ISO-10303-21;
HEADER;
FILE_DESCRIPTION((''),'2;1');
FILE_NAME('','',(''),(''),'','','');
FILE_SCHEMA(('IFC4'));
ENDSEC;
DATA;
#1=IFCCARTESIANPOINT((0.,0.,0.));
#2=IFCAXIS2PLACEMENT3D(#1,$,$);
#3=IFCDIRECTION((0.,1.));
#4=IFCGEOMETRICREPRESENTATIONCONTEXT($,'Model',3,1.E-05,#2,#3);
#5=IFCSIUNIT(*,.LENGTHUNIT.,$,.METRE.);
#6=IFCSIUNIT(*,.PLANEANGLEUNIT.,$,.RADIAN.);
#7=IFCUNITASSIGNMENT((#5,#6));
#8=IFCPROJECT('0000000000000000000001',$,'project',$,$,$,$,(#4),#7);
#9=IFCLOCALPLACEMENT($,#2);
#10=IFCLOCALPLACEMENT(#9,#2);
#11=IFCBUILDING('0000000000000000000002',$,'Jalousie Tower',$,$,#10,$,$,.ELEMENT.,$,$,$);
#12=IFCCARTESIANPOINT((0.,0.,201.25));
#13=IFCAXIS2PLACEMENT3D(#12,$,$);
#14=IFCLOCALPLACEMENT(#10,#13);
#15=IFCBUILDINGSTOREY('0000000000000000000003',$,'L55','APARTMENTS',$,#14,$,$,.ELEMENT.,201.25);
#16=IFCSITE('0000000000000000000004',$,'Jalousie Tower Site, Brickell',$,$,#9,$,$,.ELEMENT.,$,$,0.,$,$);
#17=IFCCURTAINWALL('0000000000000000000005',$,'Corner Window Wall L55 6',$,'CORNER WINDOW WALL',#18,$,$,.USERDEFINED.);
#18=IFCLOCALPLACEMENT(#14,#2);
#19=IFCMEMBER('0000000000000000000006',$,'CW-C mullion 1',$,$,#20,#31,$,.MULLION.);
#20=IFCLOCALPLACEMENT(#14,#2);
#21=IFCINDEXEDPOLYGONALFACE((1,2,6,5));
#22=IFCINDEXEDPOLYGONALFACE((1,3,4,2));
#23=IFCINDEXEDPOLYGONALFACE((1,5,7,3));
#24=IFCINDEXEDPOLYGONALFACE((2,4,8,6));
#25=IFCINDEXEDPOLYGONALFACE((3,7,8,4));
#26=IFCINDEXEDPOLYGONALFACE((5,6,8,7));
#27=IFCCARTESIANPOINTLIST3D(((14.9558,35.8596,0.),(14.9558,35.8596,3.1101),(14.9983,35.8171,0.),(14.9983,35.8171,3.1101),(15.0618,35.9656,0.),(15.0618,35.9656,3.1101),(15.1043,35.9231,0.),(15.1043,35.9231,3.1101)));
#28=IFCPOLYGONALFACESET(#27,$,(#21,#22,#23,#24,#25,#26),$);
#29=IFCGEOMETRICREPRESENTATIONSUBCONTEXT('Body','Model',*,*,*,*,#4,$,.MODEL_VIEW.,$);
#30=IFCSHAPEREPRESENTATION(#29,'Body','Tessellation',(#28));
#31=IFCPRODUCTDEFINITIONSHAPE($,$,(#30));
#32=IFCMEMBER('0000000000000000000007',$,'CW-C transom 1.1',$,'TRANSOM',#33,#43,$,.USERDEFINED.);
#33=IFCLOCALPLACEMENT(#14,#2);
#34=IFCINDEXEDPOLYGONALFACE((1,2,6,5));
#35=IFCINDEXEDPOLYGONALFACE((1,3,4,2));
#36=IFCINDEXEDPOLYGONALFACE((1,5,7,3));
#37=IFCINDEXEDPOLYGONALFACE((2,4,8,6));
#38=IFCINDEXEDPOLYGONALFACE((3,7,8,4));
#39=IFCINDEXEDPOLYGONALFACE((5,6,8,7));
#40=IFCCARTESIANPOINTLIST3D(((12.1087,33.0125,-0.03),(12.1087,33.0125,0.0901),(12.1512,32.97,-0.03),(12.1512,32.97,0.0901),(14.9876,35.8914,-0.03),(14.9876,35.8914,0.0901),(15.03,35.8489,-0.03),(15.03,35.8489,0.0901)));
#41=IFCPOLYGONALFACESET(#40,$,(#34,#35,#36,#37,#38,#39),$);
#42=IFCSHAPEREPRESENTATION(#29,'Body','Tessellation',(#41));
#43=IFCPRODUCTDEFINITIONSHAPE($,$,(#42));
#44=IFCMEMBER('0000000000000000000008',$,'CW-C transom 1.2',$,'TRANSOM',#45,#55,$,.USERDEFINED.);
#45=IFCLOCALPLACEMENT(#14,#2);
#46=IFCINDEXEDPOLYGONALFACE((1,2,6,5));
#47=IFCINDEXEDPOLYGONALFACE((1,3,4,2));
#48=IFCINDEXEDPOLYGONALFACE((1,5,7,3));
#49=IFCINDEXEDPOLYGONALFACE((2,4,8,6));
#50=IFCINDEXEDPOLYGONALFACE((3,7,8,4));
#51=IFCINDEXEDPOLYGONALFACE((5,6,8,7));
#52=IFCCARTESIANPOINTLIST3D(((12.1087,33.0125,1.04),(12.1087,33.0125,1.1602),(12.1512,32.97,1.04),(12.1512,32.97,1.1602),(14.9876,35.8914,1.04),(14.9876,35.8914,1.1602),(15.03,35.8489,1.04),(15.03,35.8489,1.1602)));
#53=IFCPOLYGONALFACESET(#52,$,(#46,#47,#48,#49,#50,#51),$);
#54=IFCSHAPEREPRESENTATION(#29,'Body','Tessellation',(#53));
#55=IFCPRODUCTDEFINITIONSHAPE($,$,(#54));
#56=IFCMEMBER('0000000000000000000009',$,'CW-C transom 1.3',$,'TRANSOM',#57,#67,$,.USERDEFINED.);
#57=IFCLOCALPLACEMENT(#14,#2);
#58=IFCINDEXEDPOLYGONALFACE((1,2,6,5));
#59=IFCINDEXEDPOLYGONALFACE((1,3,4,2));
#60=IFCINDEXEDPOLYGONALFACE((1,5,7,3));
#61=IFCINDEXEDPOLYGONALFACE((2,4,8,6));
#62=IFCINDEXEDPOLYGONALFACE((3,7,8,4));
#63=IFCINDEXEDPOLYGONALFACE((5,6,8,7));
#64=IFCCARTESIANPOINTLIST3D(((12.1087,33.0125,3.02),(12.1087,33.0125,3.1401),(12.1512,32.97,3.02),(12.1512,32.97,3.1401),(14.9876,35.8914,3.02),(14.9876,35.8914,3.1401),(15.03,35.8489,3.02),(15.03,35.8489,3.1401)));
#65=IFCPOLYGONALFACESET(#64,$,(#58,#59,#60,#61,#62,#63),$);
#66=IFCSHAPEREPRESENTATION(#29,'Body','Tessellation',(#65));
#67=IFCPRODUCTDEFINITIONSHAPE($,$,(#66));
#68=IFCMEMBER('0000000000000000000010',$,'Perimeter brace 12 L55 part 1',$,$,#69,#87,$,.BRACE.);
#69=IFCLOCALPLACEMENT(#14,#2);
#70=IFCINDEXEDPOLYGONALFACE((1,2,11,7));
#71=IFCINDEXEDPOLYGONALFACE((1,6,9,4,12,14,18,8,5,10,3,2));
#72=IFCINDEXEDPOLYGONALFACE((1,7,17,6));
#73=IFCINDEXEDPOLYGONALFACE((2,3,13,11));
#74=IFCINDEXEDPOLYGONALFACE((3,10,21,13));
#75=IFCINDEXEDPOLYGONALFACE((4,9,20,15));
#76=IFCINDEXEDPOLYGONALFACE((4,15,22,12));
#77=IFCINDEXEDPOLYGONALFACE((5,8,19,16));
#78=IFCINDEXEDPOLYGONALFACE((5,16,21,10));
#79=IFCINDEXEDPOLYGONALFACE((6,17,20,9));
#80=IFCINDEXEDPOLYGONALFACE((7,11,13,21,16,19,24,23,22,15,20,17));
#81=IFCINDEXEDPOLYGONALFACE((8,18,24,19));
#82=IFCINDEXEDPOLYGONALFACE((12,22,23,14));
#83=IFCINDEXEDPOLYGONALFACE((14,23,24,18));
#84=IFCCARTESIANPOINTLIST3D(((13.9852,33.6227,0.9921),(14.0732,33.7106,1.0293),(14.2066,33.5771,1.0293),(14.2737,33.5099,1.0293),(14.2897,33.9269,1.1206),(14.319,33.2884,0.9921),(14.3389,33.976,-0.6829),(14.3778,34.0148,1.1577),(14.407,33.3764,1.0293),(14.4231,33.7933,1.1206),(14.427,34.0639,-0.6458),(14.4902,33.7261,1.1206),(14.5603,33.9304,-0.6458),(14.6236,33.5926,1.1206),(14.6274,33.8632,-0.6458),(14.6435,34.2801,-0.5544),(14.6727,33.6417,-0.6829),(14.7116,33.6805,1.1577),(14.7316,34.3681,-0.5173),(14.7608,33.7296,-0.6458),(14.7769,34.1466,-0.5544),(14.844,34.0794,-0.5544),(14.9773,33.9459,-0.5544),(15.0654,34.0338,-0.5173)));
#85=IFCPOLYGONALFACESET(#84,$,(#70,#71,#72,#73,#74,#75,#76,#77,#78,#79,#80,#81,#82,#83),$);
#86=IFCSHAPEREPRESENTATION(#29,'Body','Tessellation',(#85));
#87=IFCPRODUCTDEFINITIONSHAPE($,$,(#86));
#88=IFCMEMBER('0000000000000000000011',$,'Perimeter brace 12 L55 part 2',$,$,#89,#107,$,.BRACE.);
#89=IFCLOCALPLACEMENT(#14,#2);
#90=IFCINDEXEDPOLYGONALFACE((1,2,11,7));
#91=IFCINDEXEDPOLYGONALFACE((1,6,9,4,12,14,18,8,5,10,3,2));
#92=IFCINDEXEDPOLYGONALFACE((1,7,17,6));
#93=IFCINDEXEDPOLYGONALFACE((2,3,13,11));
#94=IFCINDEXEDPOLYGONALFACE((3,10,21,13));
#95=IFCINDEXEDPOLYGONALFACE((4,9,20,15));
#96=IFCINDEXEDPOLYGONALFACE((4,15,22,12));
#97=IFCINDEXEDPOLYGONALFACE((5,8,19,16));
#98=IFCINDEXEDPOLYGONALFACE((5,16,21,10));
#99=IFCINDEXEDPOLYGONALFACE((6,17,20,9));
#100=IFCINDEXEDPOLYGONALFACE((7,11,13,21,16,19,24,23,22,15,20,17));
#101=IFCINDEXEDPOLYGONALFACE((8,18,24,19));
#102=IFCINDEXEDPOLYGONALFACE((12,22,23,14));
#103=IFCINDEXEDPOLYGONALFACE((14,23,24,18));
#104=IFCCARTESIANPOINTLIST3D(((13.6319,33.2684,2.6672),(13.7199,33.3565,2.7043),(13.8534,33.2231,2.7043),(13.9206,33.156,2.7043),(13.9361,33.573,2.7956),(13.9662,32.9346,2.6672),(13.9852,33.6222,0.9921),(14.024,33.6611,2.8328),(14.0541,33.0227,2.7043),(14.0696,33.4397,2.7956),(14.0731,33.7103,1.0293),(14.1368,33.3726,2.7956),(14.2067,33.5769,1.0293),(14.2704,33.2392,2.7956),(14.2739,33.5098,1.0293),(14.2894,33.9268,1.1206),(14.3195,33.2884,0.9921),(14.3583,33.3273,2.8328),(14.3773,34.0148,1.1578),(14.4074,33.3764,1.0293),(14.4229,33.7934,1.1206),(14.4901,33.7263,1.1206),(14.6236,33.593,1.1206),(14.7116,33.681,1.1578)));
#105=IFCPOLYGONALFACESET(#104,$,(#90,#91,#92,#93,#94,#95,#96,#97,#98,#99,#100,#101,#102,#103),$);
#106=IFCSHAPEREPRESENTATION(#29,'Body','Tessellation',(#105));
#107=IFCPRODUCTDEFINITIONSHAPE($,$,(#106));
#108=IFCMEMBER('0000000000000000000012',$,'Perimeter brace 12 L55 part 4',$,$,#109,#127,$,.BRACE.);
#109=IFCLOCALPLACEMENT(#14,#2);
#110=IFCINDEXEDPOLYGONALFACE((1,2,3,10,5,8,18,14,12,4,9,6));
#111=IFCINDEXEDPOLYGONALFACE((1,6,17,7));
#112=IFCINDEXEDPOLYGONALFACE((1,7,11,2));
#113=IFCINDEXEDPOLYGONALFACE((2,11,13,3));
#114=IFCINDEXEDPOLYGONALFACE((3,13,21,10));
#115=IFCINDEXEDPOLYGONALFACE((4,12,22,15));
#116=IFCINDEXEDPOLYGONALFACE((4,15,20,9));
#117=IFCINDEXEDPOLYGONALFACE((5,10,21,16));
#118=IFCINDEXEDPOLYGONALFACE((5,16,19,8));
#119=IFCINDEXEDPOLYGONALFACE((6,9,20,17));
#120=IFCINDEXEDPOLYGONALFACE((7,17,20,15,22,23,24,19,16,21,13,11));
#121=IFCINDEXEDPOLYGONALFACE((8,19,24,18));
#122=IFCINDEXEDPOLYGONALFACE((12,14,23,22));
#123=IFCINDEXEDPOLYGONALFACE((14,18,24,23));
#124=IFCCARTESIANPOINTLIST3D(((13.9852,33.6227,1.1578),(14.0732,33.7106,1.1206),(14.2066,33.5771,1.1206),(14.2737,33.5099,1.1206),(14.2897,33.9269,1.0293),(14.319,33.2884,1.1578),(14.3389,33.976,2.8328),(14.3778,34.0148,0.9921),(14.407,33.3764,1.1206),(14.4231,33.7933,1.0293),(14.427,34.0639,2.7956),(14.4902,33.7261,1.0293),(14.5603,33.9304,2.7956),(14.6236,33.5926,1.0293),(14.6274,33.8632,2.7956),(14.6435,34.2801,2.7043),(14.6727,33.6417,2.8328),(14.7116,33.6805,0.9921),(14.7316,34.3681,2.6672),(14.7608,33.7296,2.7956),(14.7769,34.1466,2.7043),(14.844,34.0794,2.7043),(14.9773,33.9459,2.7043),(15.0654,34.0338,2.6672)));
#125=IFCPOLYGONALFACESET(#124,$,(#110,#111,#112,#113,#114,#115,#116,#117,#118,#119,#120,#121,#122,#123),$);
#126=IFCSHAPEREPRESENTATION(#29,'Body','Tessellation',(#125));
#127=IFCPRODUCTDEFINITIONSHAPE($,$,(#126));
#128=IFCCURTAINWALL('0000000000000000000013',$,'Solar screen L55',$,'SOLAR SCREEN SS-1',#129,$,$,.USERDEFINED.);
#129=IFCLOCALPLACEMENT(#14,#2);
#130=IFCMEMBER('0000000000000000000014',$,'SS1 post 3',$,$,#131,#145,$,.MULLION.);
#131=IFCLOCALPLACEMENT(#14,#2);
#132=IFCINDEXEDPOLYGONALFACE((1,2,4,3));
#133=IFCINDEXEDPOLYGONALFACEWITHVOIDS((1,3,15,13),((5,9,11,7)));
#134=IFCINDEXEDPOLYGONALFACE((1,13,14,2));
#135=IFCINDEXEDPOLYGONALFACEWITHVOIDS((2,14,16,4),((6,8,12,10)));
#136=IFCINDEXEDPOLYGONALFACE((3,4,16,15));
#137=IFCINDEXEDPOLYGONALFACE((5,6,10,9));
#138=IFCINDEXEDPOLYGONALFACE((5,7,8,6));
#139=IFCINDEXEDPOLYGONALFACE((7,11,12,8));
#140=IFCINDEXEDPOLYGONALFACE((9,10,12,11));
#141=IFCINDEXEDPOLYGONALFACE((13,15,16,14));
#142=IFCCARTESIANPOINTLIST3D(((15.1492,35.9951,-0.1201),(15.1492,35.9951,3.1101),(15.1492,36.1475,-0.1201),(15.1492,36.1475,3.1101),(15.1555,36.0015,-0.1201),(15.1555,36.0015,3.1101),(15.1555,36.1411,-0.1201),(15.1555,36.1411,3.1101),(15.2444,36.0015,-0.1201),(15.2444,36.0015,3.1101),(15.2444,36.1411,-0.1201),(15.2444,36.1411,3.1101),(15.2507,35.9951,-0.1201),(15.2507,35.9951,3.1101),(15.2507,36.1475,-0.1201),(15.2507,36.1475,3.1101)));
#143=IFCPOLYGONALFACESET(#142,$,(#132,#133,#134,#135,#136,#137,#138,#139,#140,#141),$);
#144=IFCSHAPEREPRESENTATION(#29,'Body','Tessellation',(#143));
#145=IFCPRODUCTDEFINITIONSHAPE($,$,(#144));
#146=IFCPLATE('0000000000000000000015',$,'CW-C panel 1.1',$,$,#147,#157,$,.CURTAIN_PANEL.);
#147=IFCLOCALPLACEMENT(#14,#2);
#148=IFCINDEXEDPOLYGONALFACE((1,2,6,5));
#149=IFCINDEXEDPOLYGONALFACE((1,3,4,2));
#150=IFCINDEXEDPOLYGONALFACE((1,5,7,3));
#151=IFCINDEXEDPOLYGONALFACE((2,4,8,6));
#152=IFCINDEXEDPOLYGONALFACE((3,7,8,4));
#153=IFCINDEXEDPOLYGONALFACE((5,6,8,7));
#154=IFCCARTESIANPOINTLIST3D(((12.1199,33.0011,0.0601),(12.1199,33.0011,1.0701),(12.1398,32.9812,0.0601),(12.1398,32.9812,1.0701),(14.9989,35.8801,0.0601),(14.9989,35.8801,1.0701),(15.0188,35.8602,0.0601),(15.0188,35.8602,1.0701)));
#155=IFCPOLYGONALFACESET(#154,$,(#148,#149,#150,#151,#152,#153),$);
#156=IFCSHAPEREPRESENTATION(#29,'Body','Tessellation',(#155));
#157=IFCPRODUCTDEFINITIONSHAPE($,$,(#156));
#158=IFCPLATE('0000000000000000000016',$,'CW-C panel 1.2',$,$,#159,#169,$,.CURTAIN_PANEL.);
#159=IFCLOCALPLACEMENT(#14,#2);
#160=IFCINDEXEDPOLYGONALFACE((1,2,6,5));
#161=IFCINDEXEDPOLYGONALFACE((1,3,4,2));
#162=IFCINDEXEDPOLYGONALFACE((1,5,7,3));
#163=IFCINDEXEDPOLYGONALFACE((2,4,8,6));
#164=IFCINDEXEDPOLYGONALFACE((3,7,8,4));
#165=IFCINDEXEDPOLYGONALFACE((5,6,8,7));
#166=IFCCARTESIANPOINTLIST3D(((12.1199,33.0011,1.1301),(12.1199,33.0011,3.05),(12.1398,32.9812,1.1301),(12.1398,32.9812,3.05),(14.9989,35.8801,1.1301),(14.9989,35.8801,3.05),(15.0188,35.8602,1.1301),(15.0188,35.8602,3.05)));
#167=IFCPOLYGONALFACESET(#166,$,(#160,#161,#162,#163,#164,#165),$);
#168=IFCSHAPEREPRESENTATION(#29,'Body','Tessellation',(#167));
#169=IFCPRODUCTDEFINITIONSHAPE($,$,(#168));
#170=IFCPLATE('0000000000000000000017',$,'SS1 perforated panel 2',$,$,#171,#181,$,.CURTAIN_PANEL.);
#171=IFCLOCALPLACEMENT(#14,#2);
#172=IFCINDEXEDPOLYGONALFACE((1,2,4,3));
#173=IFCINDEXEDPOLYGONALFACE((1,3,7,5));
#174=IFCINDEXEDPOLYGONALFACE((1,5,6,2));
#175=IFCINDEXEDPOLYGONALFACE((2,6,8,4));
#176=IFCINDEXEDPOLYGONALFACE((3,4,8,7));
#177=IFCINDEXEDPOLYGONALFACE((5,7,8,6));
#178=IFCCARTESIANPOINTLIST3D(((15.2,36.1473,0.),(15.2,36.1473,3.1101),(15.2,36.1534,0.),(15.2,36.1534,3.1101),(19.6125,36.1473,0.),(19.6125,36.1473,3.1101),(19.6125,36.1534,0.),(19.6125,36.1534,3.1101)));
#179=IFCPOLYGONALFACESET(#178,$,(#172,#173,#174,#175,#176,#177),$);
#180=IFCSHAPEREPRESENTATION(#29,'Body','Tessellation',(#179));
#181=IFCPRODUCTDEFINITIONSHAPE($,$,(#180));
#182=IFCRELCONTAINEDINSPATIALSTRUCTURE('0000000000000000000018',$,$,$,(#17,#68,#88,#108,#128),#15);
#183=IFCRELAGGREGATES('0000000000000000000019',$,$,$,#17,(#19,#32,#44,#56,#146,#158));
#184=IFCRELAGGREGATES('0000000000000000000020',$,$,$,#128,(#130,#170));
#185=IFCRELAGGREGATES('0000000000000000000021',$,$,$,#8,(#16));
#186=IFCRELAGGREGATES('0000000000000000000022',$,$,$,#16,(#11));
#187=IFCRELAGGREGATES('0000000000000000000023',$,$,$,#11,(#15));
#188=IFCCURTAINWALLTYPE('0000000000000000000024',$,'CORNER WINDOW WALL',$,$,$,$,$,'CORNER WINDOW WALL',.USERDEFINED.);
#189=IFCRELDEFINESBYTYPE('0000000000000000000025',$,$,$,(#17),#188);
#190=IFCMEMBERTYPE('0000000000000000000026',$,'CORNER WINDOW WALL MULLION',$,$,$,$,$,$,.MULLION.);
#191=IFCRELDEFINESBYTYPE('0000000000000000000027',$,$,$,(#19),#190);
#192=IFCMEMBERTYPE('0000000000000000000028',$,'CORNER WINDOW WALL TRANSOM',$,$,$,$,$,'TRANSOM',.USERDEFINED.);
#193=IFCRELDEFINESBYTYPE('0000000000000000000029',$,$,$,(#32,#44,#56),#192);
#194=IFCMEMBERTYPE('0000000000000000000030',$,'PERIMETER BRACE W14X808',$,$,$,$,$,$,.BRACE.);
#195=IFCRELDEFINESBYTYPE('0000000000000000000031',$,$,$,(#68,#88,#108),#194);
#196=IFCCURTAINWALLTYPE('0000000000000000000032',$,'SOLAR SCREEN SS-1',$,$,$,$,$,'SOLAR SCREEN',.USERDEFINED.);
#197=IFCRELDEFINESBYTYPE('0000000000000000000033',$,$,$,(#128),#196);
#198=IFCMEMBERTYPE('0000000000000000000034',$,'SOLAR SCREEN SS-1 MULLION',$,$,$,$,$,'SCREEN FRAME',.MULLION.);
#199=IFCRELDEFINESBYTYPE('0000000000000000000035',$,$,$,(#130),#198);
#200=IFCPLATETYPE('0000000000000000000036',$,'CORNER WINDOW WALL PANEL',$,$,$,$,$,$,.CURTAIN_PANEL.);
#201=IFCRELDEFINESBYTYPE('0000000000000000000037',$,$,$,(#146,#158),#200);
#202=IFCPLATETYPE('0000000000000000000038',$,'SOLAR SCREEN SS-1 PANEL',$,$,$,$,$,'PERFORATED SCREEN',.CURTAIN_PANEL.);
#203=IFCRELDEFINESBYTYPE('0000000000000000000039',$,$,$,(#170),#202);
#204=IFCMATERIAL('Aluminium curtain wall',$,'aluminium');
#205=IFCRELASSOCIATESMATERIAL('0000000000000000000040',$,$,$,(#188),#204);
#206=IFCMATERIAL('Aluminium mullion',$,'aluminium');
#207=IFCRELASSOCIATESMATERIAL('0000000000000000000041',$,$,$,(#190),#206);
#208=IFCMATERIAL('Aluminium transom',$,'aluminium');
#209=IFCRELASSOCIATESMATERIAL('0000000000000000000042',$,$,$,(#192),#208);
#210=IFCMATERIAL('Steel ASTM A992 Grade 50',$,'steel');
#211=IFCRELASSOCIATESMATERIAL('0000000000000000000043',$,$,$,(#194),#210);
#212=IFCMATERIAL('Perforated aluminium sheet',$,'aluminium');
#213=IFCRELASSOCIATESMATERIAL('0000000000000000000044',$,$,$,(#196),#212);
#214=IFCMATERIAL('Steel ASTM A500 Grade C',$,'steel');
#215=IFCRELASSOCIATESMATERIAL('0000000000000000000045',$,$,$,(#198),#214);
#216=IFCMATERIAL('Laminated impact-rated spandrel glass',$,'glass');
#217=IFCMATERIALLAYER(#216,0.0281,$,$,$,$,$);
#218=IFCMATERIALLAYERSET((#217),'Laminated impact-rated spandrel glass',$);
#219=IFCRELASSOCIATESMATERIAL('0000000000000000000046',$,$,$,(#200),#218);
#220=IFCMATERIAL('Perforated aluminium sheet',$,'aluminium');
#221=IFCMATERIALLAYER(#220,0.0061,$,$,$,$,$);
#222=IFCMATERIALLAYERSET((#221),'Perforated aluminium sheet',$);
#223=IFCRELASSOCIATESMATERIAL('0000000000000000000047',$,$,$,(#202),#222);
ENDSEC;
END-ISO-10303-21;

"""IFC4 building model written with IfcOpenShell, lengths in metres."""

from ifc_helpers import new_model, si_unit, direction, frame, origin, origin_2d, place, context, subcontext, project, spatial, rectangle, hollow_rectangle, i_section, extrude, material, layer, layer_set, material_profile, profile_set, type_object, element, aggregate, save


model = new_model("IFC4")

# Units and contexts
model_context = context("Model", 3, precision=1e-05, world=origin(), true_north=direction((0.0, 1.0)))
body_context = subcontext(model_context, "Body", "Model", "MODEL_VIEW")
ifc_project = project(units=[si_unit("LENGTHUNIT", "METRE"), si_unit("PLANEANGLEUNIT", "RADIAN")], contexts=[model_context])

# Site, building, storey
site_placement = place(None, origin())
site = spatial("IfcSite", under=ifc_project, at=site_placement, Name="Jalousie Tower Site, Brickell", CompositionType="ELEMENT", RefElevation=0.0)
building_placement = place(site_placement, origin())
building = spatial("IfcBuilding", under=site, at=building_placement, Name="Jalousie Tower", CompositionType="ELEMENT")
storey_placement = place(building_placement, frame((0.0, 0.0, 201.25)))
storey = spatial("IfcBuildingStorey", under=building, at=storey_placement, Name="L55", Description="APARTMENTS", CompositionType="ELEMENT", Elevation=201.25)

# Curtain wall, members
ifc_material_1 = material(Name="Aluminium curtain wall", Category="aluminium")
curtain_wall_type_1 = type_object("IfcCurtainWallType", Name="CORNER WINDOW WALL", ElementType="CORNER WINDOW WALL", PredefinedType="USERDEFINED", material=ifc_material_1)
curtain_wall_1_placement = place(storey_placement, origin())
curtain_wall_1 = element("IfcCurtainWall", 1, at=curtain_wall_1_placement, inside=storey, type_object=curtain_wall_type_1, Name="Corner Window Wall L55 6", ObjectType="CORNER WINDOW WALL", PredefinedType="USERDEFINED")
ifc_material_2 = material(Name="Aluminium mullion", Category="aluminium")
ifc_material_profile_1 = material_profile(ifc_material_2, rectangle(XDim=0.0601, YDim=0.1499, at=origin_2d()), Name="MULLION 60x150")
ifc_profile_set_1 = profile_set([ifc_material_profile_1], Name="Aluminium mullion")
member_type_1 = type_object("IfcMemberType", Name="CORNER WINDOW WALL MULLION", PredefinedType="MULLION", material=ifc_profile_set_1)
member_1_placement = place(storey_placement, frame((15.03, 35.8914, 0.0), z_axis=(0.0, 0.0, 1.0), x_axis=(0.707107, -0.707107, 0.0)))
member_1 = element("IfcMember", 2, at=member_1_placement, type_object=member_type_1, Name="CW-C mullion 1", PredefinedType="MULLION", context=body_context, shape_type="SweptSolid", body=[
    extrude(rectangle(XDim=0.0601, YDim=0.1499, at=origin_2d()), origin(), (0.0, 0.0, 1.0), 3.1101),
])
ifc_material_3 = material(Name="Aluminium transom", Category="aluminium")
ifc_material_profile_2 = material_profile(ifc_material_3, rectangle(XDim=0.0601, YDim=0.1201, at=origin_2d()), Name="TRANSOM 60x120")
ifc_profile_set_2 = profile_set([ifc_material_profile_2], Name="Aluminium transom")
member_type_2 = type_object("IfcMemberType", Name="CORNER WINDOW WALL TRANSOM", ElementType="TRANSOM", PredefinedType="USERDEFINED", material=ifc_profile_set_2)
member_2_placement = place(storey_placement, frame((15.0088, 35.8701, 0.03), z_axis=(-0.707107, -0.707107, 0.0), x_axis=(0.707107, -0.707107, 0.0)))
member_2 = element("IfcMember", 3, at=member_2_placement, type_object=member_type_2, Name="CW-C transom 1.1", ObjectType="TRANSOM", PredefinedType="USERDEFINED", context=body_context, shape_type="SweptSolid", body=[
    extrude(rectangle(XDim=0.0601, YDim=0.1201, at=origin_2d()), origin(), (0.0, 0.0, 1.0), 4.0713),
])
member_3_placement = place(storey_placement, frame((15.0088, 35.8701, 1.1001), z_axis=(-0.707107, -0.707107, 0.0), x_axis=(0.707107, -0.707107, 0.0)))
member_3 = element("IfcMember", 4, at=member_3_placement, type_object=member_type_2, Name="CW-C transom 1.2", ObjectType="TRANSOM", PredefinedType="USERDEFINED", context=body_context, shape_type="SweptSolid", body=[
    extrude(rectangle(XDim=0.0601, YDim=0.1201, at=origin_2d()), origin(), (0.0, 0.0, 1.0), 4.0713),
])
member_4_placement = place(storey_placement, frame((15.0088, 35.8701, 3.0801), z_axis=(-0.707107, -0.707107, 0.0), x_axis=(0.707107, -0.707107, 0.0)))
member_4 = element("IfcMember", 5, at=member_4_placement, type_object=member_type_2, Name="CW-C transom 1.3", ObjectType="TRANSOM", PredefinedType="USERDEFINED", context=body_context, shape_type="SweptSolid", body=[
    extrude(rectangle(XDim=0.0601, YDim=0.1201, at=origin_2d()), origin(), (0.0, 0.0, 1.0), 4.0713),
])

# Members
ifc_material_4 = material(Name="Steel ASTM A992 Grade 50", Category="steel")
ifc_material_profile_3 = material_profile(ifc_material_4, i_section(OverallWidth=0.4724, OverallDepth=0.5791, WebThickness=0.095, FlangeThickness=0.1299, at=origin_2d()), Name="W14X808")
ifc_profile_set_3 = profile_set([ifc_material_profile_3], Name="Steel ASTM A992 Grade 50")
member_type_3 = type_object("IfcMemberType", Name="PERIMETER BRACE W14X808", PredefinedType="BRACE", material=ifc_profile_set_3)
for number, where, z_axis, x_axis, name in (
    (6, (14.7021, 34.0049, -0.6001), (-0.202372, -0.202093, 0.95823), (0.706618, -0.707595, 0.0), "Perimeter brace 12 L55 part 1"),
    (7, (14.3484, 33.6516, 1.075), (-0.202093, -0.202372, 0.95823), (0.707595, -0.706618, 0.0), "Perimeter brace 12 L55 part 2"),
    (8, (14.3484, 33.6516, 1.075), (0.202372, 0.202093, 0.95823), (-0.706618, 0.707595, 0.0), "Perimeter brace 12 L55 part 4"),
):
    element("IfcMember", number, at=place(storey_placement, frame(where, z_axis=z_axis, x_axis=x_axis)), inside=storey, type_object=member_type_3, Name=name, PredefinedType="BRACE", context=body_context, shape_type="SweptSolid", body=[
        extrude(i_section(OverallWidth=0.4724, OverallDepth=0.5791, WebThickness=0.095, FlangeThickness=0.1299, at=origin_2d()), origin(), (0.0, 0.0, 1.0), 1.748),
    ])

# Curtain wall, member
ifc_material_5 = material(Name="Perforated aluminium sheet", Category="aluminium")
curtain_wall_type_2 = type_object("IfcCurtainWallType", Name="SOLAR SCREEN SS-1", ElementType="SOLAR SCREEN", PredefinedType="USERDEFINED", material=ifc_material_5)
curtain_wall_2_placement = place(storey_placement, origin())
curtain_wall_2 = element("IfcCurtainWall", 9, at=curtain_wall_2_placement, inside=storey, type_object=curtain_wall_type_2, Name="Solar screen L55", ObjectType="SOLAR SCREEN SS-1", PredefinedType="USERDEFINED")
ifc_material_6 = material(Name="Steel ASTM A500 Grade C", Category="steel")
ifc_material_profile_4 = material_profile(ifc_material_6, hollow_rectangle(XDim=0.1016, YDim=0.1523, WallThickness=0.0063, at=origin_2d()), Name="HSS6X4X1/4")
ifc_profile_set_4 = profile_set([ifc_material_profile_4], Name="Steel ASTM A500 Grade C")
member_type_4 = type_object("IfcMemberType", Name="SOLAR SCREEN SS-1 MULLION", ElementType="SCREEN FRAME", PredefinedType="MULLION", material=ifc_profile_set_4)
member_5_placement = place(storey_placement, frame((15.2, 36.0713, -0.1201), z_axis=(0.0, 0.0, 1.0), x_axis=(-1.0, 0.0, 0.0)))
member_5 = element("IfcMember", 10, at=member_5_placement, type_object=member_type_4, Name="SS1 post 3", PredefinedType="MULLION", context=body_context, shape_type="SweptSolid", body=[
    extrude(hollow_rectangle(XDim=0.1016, YDim=0.1523, WallThickness=0.0063, at=origin_2d()), origin(), (0.0, 0.0, 1.0), 3.2302),
])

# Plates
ifc_material_7 = material(Name="Laminated impact-rated spandrel glass", Category="glass")
ifc_layer_1 = layer(ifc_material_7, 0.0281)
ifc_layer_set_1 = layer_set([ifc_layer_1], Name="Laminated impact-rated spandrel glass")
plate_type_1 = type_object("IfcPlateType", Name="CORNER WINDOW WALL PANEL", PredefinedType="CURTAIN_PANEL", material=ifc_layer_set_1)
plate_1_placement = place(storey_placement, frame((13.5693, 34.4307, 0.0601), z_axis=(0.0, 0.0, 1.0), x_axis=(-0.707107, -0.707107, 0.0)))
plate_1 = element("IfcPlate", 11, at=plate_1_placement, type_object=plate_type_1, Name="CW-C panel 1.1", PredefinedType="CURTAIN_PANEL", context=body_context, shape_type="SweptSolid", body=[
    extrude(rectangle(XDim=4.0715, YDim=0.0281, at=origin_2d()), origin(), (0.0, 0.0, 1.0), 1.01),
])
plate_2_placement = place(storey_placement, frame((13.5693, 34.4307, 1.1301), z_axis=(0.0, 0.0, 1.0), x_axis=(-0.707107, -0.707107, 0.0)))
plate_2 = element("IfcPlate", 12, at=plate_2_placement, type_object=plate_type_1, Name="CW-C panel 1.2", PredefinedType="CURTAIN_PANEL", context=body_context, shape_type="SweptSolid", body=[
    extrude(rectangle(XDim=4.0715, YDim=0.0281, at=origin_2d()), origin(), (0.0, 0.0, 1.0), 1.9199),
])
aggregate(curtain_wall_1, [member_1, member_2, member_3, member_4, plate_1, plate_2])
ifc_material_8 = material(Name="Perforated aluminium sheet", Category="aluminium")
ifc_layer_2 = layer(ifc_material_8, 0.0061)
ifc_layer_set_2 = layer_set([ifc_layer_2], Name="Perforated aluminium sheet")
plate_type_2 = type_object("IfcPlateType", Name="SOLAR SCREEN SS-1 PANEL", ElementType="PERFORATED SCREEN", PredefinedType="CURTAIN_PANEL", material=ifc_layer_set_2)
plate_3_placement = place(storey_placement, frame((17.4062, 36.1504, 0.0), z_axis=(0.0, 0.0, 1.0), x_axis=(-1.0, 0.0, 0.0)))
plate_3 = element("IfcPlate", 13, at=plate_3_placement, type_object=plate_type_2, Name="SS1 perforated panel 2", PredefinedType="CURTAIN_PANEL", context=body_context, shape_type="SweptSolid", body=[
    extrude(rectangle(XDim=4.4126, YDim=0.0061, at=origin_2d()), origin(), (0.0, 0.0, 1.0), 3.1101),
])
aggregate(curtain_wall_2, [member_5, plate_3])

save(model, "model.ifc")
